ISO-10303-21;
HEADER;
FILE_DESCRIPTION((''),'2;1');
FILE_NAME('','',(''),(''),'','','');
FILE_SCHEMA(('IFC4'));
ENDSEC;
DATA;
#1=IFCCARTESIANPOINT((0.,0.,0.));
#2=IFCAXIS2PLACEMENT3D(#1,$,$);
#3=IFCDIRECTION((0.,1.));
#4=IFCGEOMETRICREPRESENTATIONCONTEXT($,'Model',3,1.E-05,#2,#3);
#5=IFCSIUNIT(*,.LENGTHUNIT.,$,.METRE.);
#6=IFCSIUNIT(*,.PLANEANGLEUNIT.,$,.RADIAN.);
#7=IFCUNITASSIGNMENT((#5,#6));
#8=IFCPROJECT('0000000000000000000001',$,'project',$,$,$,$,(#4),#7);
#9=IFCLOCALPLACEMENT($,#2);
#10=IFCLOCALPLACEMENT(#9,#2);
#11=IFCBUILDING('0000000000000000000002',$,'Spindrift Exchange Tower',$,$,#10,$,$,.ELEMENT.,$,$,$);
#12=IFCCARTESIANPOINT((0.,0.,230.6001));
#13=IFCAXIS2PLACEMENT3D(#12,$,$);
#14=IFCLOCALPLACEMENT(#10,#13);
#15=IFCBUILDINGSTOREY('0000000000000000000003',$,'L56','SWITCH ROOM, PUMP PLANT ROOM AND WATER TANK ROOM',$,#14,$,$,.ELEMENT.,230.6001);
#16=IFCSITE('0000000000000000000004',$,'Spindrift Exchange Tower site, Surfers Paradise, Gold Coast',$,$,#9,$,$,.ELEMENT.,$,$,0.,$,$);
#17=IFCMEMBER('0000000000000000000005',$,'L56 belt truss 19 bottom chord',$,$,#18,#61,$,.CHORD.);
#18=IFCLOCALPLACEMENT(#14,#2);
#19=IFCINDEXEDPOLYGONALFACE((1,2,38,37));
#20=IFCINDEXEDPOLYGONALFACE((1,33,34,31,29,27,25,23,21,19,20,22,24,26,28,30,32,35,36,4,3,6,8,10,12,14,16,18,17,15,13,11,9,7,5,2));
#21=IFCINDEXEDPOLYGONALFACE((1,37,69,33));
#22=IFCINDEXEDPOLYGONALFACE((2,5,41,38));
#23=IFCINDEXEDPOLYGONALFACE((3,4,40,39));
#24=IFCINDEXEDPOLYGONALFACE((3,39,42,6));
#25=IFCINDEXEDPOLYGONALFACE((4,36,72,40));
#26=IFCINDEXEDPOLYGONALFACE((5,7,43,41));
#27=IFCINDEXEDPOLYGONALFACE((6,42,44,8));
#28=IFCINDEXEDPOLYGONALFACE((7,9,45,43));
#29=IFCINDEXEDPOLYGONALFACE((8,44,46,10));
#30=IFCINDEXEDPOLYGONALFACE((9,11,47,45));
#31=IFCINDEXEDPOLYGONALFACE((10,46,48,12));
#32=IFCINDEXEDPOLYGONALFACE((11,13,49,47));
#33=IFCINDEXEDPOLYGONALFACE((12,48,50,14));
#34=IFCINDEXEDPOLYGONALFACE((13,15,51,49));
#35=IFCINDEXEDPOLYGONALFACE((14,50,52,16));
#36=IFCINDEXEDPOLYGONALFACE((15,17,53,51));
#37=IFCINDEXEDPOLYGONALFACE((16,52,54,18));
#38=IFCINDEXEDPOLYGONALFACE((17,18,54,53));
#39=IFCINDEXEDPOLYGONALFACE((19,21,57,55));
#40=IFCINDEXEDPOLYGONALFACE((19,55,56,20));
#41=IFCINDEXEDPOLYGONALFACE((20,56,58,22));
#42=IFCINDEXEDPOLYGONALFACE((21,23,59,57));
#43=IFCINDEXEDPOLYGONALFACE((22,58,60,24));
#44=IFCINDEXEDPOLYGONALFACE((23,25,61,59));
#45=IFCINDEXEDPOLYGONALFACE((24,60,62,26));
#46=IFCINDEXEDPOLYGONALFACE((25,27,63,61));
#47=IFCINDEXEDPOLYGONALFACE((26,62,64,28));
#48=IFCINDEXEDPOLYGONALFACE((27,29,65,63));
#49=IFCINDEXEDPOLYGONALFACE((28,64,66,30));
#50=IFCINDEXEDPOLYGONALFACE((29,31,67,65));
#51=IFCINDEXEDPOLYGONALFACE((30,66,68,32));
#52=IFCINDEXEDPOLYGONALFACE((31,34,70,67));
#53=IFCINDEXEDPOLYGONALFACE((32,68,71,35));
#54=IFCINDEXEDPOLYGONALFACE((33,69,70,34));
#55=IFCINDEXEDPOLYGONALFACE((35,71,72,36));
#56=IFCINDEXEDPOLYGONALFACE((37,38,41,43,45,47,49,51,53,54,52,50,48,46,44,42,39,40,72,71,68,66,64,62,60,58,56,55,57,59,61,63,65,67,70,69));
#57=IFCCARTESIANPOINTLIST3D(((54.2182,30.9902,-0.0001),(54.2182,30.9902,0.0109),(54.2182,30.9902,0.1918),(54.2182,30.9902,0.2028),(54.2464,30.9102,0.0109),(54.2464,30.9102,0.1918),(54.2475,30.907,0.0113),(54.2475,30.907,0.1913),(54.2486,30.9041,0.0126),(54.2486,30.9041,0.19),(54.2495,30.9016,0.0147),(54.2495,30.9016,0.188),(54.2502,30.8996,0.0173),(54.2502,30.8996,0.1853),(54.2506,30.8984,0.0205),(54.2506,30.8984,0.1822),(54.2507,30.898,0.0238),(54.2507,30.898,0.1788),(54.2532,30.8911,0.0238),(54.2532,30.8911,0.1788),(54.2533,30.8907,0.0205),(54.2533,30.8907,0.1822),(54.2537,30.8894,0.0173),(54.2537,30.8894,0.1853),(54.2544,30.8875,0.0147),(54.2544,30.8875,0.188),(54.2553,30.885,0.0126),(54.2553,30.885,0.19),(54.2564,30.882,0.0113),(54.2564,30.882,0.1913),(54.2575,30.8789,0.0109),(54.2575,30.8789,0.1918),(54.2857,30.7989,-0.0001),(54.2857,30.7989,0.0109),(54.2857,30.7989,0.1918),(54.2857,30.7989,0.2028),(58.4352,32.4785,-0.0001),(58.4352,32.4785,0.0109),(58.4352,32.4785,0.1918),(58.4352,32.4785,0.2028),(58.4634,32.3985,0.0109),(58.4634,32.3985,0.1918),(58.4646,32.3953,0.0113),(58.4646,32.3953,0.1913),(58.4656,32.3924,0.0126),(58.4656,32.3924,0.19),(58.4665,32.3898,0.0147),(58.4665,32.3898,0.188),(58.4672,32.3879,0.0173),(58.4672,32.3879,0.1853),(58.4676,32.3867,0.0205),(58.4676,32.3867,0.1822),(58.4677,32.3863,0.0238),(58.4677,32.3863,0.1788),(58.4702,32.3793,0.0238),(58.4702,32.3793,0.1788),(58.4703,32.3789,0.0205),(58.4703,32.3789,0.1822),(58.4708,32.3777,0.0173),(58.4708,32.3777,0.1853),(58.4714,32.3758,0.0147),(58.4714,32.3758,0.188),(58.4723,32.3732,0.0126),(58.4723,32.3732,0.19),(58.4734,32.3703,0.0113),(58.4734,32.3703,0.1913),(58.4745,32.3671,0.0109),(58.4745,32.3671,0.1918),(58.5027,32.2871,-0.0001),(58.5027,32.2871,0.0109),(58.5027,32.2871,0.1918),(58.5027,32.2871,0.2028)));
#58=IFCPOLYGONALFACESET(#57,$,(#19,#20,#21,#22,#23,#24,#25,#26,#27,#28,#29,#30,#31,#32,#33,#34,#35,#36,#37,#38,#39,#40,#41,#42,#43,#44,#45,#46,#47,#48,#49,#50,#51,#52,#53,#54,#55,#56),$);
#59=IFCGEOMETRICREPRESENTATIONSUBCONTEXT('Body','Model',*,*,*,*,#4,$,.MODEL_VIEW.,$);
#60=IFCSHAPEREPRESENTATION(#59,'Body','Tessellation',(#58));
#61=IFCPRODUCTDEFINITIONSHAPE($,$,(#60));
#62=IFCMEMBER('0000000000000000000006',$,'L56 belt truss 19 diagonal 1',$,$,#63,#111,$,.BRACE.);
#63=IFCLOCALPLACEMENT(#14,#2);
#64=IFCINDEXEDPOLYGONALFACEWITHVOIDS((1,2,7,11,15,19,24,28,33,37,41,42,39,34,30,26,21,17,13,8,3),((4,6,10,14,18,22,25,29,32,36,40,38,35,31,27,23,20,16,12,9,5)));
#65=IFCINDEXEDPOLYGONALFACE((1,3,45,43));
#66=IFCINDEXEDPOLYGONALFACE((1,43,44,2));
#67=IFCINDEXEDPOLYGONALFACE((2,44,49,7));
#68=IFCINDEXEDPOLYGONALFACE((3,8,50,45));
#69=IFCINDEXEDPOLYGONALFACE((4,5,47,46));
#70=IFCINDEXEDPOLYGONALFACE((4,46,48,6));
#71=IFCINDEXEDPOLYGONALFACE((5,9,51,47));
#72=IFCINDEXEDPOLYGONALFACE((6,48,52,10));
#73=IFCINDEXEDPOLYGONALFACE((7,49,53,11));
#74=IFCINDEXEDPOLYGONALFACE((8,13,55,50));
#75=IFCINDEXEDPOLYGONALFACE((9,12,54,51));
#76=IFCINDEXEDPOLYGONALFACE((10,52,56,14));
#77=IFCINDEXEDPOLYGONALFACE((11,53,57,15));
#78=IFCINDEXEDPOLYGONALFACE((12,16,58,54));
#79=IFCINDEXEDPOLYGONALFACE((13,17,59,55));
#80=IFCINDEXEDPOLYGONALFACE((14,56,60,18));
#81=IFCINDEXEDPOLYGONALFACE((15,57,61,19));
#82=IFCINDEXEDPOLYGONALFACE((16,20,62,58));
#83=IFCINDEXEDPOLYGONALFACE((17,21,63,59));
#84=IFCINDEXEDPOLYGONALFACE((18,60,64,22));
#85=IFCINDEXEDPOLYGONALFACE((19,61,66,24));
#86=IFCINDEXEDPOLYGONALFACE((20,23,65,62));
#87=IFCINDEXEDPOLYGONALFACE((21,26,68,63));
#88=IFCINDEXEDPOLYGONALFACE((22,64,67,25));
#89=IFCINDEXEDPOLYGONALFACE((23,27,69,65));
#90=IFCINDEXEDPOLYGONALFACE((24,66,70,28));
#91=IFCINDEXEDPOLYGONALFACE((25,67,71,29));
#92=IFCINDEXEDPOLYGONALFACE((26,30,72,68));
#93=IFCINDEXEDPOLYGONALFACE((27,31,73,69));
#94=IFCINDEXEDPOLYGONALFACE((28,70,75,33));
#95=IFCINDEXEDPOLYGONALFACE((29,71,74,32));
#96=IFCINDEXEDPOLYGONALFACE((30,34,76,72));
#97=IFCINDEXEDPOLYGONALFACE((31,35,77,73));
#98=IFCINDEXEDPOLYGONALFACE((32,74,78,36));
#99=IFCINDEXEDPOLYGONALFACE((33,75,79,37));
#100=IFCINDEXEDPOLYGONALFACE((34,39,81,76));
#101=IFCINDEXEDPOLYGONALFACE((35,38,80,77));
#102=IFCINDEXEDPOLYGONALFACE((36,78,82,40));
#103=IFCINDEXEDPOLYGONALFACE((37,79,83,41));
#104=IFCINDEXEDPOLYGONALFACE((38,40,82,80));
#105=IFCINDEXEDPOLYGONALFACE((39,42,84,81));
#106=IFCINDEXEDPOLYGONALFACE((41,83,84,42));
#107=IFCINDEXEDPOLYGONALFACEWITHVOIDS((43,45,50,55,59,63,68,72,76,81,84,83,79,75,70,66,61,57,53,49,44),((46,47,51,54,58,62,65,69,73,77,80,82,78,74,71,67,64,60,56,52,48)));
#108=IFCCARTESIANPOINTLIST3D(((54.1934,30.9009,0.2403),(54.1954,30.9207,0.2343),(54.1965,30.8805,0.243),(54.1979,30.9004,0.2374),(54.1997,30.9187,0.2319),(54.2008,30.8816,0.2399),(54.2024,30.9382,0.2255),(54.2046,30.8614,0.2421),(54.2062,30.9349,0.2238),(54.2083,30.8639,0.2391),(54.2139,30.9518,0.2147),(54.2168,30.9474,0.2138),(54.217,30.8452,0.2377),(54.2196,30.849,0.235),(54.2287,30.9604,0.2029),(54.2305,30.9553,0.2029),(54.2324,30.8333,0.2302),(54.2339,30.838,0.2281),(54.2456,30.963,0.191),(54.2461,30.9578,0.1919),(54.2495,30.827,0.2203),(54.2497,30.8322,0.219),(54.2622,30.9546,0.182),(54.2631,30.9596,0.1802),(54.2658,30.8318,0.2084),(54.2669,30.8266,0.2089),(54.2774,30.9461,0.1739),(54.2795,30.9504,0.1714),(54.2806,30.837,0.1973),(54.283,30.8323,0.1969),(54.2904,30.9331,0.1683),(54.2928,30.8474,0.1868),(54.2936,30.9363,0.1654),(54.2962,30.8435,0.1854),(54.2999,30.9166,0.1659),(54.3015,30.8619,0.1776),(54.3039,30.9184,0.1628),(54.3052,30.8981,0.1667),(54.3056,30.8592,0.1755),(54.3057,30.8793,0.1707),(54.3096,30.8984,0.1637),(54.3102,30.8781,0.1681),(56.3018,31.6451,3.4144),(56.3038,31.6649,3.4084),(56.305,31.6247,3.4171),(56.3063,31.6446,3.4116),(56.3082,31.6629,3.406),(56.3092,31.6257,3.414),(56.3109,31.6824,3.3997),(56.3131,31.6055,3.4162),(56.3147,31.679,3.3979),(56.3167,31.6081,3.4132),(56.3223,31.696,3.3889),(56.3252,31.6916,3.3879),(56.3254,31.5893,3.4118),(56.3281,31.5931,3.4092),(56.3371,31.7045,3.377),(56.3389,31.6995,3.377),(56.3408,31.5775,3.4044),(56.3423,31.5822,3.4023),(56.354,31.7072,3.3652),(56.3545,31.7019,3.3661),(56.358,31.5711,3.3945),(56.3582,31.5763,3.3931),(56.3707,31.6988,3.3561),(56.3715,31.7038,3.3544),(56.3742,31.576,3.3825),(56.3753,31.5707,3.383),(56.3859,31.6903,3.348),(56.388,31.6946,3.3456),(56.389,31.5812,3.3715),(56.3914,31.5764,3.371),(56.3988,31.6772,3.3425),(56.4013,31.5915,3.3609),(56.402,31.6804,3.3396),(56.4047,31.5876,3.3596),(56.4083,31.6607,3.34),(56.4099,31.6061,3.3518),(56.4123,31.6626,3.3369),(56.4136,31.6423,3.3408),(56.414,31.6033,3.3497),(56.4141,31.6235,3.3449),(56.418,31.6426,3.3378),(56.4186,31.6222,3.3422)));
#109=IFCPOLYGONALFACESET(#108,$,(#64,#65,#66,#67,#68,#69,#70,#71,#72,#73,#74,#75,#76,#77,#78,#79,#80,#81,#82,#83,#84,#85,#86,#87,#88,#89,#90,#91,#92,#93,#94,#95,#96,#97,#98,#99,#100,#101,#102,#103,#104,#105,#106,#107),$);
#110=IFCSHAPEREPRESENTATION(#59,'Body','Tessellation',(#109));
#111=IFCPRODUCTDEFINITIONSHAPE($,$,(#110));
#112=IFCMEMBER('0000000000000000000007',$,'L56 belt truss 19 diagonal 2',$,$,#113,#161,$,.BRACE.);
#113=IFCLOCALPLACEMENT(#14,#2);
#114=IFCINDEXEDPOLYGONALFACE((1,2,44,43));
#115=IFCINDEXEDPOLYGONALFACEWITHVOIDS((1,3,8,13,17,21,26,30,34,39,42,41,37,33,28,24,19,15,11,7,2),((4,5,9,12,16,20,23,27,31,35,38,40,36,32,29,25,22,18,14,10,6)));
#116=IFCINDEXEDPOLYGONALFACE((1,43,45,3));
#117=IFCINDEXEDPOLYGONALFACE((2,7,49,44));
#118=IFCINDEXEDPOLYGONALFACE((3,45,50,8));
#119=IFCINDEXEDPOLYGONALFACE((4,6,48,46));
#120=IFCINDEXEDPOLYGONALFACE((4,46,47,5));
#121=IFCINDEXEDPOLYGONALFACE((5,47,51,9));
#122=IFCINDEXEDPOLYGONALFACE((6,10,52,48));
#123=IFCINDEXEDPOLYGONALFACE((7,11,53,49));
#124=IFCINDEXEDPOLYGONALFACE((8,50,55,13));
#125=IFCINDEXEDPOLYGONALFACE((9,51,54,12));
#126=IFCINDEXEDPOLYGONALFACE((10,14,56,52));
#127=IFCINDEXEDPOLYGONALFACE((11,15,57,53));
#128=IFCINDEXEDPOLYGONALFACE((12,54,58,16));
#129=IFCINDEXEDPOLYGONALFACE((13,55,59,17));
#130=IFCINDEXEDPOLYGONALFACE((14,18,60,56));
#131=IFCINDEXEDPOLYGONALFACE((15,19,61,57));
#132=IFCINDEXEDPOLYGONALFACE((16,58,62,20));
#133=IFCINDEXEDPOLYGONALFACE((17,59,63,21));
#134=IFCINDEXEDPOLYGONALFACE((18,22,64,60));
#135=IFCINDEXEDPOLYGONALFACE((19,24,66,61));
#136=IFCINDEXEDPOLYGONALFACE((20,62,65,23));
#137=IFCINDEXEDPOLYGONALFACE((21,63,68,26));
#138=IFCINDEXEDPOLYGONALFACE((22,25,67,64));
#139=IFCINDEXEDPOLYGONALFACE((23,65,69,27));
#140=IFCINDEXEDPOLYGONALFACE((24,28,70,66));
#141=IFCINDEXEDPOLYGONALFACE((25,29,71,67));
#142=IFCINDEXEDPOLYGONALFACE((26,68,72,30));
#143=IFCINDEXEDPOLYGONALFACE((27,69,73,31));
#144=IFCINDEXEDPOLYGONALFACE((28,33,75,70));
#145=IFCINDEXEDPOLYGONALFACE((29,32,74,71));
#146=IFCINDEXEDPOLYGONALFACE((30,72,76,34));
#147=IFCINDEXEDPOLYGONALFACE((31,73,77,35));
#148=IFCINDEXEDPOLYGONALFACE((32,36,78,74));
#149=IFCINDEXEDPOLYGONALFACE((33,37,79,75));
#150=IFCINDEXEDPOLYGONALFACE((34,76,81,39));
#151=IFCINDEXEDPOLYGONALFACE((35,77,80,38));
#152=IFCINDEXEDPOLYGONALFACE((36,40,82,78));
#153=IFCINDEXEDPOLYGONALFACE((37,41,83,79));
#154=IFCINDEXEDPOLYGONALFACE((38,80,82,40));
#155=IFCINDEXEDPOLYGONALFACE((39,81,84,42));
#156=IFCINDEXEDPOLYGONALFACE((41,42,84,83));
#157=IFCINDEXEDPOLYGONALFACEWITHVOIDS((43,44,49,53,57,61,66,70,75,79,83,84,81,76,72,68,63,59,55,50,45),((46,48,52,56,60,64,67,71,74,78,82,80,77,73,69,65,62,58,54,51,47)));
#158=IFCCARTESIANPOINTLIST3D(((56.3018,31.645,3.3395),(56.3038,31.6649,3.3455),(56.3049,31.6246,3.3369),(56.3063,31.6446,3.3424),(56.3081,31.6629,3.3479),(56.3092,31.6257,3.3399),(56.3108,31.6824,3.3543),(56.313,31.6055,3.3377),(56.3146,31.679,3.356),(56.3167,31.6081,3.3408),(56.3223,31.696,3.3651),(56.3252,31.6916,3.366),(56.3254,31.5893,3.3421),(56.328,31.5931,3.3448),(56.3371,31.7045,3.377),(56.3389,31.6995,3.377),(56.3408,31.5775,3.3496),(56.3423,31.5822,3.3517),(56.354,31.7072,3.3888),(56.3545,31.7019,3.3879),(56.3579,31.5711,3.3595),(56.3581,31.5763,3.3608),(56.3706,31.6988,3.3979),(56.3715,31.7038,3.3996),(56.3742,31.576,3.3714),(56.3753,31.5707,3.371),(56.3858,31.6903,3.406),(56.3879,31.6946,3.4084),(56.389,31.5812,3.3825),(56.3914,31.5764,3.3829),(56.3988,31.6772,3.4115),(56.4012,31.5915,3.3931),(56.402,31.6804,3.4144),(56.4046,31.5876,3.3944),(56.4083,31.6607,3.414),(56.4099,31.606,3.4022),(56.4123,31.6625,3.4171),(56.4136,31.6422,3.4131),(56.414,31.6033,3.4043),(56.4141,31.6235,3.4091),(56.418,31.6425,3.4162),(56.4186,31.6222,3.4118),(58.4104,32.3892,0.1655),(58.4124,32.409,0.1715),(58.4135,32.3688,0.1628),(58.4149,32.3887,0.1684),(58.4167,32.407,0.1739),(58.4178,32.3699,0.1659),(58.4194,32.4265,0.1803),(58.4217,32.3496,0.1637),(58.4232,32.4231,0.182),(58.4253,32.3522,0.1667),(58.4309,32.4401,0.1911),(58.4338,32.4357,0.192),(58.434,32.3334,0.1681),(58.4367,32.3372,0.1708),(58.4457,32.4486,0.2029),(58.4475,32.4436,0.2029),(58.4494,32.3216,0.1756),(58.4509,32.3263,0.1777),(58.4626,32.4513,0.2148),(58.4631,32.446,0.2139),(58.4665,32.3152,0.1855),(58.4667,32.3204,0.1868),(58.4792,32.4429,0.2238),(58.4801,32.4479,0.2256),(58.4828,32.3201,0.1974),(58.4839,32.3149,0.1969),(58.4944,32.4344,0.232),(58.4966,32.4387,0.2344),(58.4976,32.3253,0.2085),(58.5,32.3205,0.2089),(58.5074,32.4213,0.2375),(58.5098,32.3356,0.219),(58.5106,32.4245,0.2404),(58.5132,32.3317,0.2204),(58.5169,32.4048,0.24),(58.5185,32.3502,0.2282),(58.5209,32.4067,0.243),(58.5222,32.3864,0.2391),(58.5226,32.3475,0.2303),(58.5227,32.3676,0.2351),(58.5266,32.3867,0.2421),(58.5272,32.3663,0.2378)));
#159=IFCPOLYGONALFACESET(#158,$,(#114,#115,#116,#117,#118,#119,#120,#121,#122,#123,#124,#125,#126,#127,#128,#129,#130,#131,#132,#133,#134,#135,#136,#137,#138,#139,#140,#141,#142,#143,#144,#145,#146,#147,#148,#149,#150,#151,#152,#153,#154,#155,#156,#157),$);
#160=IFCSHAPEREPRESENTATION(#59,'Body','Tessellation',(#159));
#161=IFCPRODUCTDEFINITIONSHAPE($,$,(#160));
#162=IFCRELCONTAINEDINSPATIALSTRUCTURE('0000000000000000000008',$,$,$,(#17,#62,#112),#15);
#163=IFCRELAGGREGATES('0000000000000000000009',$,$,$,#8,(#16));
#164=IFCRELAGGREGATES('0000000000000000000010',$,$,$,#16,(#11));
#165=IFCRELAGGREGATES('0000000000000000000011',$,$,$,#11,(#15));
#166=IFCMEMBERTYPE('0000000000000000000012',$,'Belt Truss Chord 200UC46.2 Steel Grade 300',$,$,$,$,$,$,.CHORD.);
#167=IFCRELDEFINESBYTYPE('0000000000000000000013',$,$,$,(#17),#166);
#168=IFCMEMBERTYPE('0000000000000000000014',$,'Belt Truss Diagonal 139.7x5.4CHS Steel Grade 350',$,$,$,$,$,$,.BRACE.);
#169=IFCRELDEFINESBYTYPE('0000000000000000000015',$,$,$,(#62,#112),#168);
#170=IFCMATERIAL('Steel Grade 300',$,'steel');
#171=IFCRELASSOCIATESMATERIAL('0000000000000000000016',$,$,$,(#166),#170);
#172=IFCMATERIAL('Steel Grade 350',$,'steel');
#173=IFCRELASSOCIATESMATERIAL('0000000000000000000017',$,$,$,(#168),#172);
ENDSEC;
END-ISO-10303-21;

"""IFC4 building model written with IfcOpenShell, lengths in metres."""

from ifc_helpers import new_model, si_unit, direction, frame, origin, origin_2d, place, context, subcontext, project, spatial, hollow_circle, i_section, extrude, source, transform, mapped, material, material_profile, profile_set, type_object, element, save


model = new_model("IFC4")

# Units and contexts
model_context = context("Model", 3, precision=1e-05, world=origin(), true_north=direction((0.0, 1.0)))
body_context = subcontext(model_context, "Body", "Model", "MODEL_VIEW")
ifc_project = project(units=[si_unit("LENGTHUNIT", "METRE"), si_unit("PLANEANGLEUNIT", "RADIAN")], contexts=[model_context])

# Site, building, storey
site_placement = place(None, origin())
site = spatial("IfcSite", under=ifc_project, at=site_placement, Name="Spindrift Exchange Tower site, Surfers Paradise, Gold Coast", CompositionType="ELEMENT", RefElevation=0.0)
building_placement = place(site_placement, origin())
building = spatial("IfcBuilding", under=site, at=building_placement, Name="Spindrift Exchange Tower", CompositionType="ELEMENT")
storey_placement = place(building_placement, frame((0.0, 0.0, 230.6001)))
storey = spatial("IfcBuildingStorey", under=building, at=storey_placement, Name="L56", Description="SWITCH ROOM, PUMP PLANT ROOM AND WATER TANK ROOM", CompositionType="ELEMENT", Elevation=230.6001)

# Members
ifc_material_1 = material(Name="Steel Grade 300", Category="steel")
ifc_material_profile_1 = material_profile(ifc_material_1, i_section(OverallWidth=0.2029, OverallDepth=0.2029, WebThickness=0.0073, FlangeThickness=0.011, FilletRadius=0.0129, at=origin_2d()), Name="200UC46.2")
ifc_profile_set_1 = profile_set([ifc_material_profile_1], Name="Steel Grade 300")
member_type_1 = type_object("IfcMemberType", Name="Belt Truss Chord 200UC46.2 Steel Grade 300", PredefinedType="CHORD", material=ifc_profile_set_1)
shared_shape_1 = source(origin(), body_context, "Body", "SweptSolid", [
    extrude(i_section(OverallWidth=0.2029, OverallDepth=0.2029, WebThickness=0.0073, FlangeThickness=0.011, FilletRadius=0.0129, at=origin_2d()), origin(), (0.0, 0.0, 1.0), 4.4719),
])
for number, where, z_axis, x_axis, name in (
    (1, (54.252, 30.8945, 0.1013), (0.942996, 0.332803, 0.0), (-0.332803, 0.942996, 0.0), "L56 belt truss 19 bottom chord"),
):
    element("IfcMember", number, at=place(storey_placement, frame(where, z_axis=z_axis, x_axis=x_axis)), inside=storey, type_object=member_type_1, Name=name, PredefinedType="CHORD", context=body_context, shape_type="MappedRepresentation", body=[
        mapped(shared_shape_1, transform((0.0, 0.0, 0.0), scale=1.0)),
    ])
ifc_material_2 = material(Name="Steel Grade 350", Category="steel")
ifc_material_profile_2 = material_profile(ifc_material_2, hollow_circle(Radius=0.0698, WallThickness=0.0054, at=origin_2d()), Name="139.7x5.4CHS")
ifc_profile_set_2 = profile_set([ifc_material_profile_2], Name="Steel Grade 350")
member_type_2 = type_object("IfcMemberType", Name="Belt Truss Diagonal 139.7x5.4CHS Steel Grade 350", PredefinedType="BRACE", material=ifc_profile_set_2)
shared_shape_2 = source(origin(), body_context, "Body", "SweptSolid", [
    extrude(hollow_circle(Radius=0.0698, WallThickness=0.0054, at=origin_2d()), origin(), (0.0, 0.0, 1.0), 3.8826),
])
for number, where, z_axis, x_axis, name in (
    (2, (54.252, 30.8945, 0.2029), (0.543051, 0.191665, 0.817533), (-0.33282, 0.94299, 0.0), "L56 belt truss 19 diagonal 1"),
    (3, (56.3604, 31.6387, 3.377), (0.543096, 0.191659, -0.817505), (-0.332786, 0.943002, 0.0), "L56 belt truss 19 diagonal 2"),
):
    element("IfcMember", number, at=place(storey_placement, frame(where, z_axis=z_axis, x_axis=x_axis)), inside=storey, type_object=member_type_2, Name=name, PredefinedType="BRACE", context=body_context, shape_type="MappedRepresentation", body=[
        mapped(shared_shape_2, transform((0.0, 0.0, 0.0), scale=1.0)),
    ])

save(model, "model.ifc")
